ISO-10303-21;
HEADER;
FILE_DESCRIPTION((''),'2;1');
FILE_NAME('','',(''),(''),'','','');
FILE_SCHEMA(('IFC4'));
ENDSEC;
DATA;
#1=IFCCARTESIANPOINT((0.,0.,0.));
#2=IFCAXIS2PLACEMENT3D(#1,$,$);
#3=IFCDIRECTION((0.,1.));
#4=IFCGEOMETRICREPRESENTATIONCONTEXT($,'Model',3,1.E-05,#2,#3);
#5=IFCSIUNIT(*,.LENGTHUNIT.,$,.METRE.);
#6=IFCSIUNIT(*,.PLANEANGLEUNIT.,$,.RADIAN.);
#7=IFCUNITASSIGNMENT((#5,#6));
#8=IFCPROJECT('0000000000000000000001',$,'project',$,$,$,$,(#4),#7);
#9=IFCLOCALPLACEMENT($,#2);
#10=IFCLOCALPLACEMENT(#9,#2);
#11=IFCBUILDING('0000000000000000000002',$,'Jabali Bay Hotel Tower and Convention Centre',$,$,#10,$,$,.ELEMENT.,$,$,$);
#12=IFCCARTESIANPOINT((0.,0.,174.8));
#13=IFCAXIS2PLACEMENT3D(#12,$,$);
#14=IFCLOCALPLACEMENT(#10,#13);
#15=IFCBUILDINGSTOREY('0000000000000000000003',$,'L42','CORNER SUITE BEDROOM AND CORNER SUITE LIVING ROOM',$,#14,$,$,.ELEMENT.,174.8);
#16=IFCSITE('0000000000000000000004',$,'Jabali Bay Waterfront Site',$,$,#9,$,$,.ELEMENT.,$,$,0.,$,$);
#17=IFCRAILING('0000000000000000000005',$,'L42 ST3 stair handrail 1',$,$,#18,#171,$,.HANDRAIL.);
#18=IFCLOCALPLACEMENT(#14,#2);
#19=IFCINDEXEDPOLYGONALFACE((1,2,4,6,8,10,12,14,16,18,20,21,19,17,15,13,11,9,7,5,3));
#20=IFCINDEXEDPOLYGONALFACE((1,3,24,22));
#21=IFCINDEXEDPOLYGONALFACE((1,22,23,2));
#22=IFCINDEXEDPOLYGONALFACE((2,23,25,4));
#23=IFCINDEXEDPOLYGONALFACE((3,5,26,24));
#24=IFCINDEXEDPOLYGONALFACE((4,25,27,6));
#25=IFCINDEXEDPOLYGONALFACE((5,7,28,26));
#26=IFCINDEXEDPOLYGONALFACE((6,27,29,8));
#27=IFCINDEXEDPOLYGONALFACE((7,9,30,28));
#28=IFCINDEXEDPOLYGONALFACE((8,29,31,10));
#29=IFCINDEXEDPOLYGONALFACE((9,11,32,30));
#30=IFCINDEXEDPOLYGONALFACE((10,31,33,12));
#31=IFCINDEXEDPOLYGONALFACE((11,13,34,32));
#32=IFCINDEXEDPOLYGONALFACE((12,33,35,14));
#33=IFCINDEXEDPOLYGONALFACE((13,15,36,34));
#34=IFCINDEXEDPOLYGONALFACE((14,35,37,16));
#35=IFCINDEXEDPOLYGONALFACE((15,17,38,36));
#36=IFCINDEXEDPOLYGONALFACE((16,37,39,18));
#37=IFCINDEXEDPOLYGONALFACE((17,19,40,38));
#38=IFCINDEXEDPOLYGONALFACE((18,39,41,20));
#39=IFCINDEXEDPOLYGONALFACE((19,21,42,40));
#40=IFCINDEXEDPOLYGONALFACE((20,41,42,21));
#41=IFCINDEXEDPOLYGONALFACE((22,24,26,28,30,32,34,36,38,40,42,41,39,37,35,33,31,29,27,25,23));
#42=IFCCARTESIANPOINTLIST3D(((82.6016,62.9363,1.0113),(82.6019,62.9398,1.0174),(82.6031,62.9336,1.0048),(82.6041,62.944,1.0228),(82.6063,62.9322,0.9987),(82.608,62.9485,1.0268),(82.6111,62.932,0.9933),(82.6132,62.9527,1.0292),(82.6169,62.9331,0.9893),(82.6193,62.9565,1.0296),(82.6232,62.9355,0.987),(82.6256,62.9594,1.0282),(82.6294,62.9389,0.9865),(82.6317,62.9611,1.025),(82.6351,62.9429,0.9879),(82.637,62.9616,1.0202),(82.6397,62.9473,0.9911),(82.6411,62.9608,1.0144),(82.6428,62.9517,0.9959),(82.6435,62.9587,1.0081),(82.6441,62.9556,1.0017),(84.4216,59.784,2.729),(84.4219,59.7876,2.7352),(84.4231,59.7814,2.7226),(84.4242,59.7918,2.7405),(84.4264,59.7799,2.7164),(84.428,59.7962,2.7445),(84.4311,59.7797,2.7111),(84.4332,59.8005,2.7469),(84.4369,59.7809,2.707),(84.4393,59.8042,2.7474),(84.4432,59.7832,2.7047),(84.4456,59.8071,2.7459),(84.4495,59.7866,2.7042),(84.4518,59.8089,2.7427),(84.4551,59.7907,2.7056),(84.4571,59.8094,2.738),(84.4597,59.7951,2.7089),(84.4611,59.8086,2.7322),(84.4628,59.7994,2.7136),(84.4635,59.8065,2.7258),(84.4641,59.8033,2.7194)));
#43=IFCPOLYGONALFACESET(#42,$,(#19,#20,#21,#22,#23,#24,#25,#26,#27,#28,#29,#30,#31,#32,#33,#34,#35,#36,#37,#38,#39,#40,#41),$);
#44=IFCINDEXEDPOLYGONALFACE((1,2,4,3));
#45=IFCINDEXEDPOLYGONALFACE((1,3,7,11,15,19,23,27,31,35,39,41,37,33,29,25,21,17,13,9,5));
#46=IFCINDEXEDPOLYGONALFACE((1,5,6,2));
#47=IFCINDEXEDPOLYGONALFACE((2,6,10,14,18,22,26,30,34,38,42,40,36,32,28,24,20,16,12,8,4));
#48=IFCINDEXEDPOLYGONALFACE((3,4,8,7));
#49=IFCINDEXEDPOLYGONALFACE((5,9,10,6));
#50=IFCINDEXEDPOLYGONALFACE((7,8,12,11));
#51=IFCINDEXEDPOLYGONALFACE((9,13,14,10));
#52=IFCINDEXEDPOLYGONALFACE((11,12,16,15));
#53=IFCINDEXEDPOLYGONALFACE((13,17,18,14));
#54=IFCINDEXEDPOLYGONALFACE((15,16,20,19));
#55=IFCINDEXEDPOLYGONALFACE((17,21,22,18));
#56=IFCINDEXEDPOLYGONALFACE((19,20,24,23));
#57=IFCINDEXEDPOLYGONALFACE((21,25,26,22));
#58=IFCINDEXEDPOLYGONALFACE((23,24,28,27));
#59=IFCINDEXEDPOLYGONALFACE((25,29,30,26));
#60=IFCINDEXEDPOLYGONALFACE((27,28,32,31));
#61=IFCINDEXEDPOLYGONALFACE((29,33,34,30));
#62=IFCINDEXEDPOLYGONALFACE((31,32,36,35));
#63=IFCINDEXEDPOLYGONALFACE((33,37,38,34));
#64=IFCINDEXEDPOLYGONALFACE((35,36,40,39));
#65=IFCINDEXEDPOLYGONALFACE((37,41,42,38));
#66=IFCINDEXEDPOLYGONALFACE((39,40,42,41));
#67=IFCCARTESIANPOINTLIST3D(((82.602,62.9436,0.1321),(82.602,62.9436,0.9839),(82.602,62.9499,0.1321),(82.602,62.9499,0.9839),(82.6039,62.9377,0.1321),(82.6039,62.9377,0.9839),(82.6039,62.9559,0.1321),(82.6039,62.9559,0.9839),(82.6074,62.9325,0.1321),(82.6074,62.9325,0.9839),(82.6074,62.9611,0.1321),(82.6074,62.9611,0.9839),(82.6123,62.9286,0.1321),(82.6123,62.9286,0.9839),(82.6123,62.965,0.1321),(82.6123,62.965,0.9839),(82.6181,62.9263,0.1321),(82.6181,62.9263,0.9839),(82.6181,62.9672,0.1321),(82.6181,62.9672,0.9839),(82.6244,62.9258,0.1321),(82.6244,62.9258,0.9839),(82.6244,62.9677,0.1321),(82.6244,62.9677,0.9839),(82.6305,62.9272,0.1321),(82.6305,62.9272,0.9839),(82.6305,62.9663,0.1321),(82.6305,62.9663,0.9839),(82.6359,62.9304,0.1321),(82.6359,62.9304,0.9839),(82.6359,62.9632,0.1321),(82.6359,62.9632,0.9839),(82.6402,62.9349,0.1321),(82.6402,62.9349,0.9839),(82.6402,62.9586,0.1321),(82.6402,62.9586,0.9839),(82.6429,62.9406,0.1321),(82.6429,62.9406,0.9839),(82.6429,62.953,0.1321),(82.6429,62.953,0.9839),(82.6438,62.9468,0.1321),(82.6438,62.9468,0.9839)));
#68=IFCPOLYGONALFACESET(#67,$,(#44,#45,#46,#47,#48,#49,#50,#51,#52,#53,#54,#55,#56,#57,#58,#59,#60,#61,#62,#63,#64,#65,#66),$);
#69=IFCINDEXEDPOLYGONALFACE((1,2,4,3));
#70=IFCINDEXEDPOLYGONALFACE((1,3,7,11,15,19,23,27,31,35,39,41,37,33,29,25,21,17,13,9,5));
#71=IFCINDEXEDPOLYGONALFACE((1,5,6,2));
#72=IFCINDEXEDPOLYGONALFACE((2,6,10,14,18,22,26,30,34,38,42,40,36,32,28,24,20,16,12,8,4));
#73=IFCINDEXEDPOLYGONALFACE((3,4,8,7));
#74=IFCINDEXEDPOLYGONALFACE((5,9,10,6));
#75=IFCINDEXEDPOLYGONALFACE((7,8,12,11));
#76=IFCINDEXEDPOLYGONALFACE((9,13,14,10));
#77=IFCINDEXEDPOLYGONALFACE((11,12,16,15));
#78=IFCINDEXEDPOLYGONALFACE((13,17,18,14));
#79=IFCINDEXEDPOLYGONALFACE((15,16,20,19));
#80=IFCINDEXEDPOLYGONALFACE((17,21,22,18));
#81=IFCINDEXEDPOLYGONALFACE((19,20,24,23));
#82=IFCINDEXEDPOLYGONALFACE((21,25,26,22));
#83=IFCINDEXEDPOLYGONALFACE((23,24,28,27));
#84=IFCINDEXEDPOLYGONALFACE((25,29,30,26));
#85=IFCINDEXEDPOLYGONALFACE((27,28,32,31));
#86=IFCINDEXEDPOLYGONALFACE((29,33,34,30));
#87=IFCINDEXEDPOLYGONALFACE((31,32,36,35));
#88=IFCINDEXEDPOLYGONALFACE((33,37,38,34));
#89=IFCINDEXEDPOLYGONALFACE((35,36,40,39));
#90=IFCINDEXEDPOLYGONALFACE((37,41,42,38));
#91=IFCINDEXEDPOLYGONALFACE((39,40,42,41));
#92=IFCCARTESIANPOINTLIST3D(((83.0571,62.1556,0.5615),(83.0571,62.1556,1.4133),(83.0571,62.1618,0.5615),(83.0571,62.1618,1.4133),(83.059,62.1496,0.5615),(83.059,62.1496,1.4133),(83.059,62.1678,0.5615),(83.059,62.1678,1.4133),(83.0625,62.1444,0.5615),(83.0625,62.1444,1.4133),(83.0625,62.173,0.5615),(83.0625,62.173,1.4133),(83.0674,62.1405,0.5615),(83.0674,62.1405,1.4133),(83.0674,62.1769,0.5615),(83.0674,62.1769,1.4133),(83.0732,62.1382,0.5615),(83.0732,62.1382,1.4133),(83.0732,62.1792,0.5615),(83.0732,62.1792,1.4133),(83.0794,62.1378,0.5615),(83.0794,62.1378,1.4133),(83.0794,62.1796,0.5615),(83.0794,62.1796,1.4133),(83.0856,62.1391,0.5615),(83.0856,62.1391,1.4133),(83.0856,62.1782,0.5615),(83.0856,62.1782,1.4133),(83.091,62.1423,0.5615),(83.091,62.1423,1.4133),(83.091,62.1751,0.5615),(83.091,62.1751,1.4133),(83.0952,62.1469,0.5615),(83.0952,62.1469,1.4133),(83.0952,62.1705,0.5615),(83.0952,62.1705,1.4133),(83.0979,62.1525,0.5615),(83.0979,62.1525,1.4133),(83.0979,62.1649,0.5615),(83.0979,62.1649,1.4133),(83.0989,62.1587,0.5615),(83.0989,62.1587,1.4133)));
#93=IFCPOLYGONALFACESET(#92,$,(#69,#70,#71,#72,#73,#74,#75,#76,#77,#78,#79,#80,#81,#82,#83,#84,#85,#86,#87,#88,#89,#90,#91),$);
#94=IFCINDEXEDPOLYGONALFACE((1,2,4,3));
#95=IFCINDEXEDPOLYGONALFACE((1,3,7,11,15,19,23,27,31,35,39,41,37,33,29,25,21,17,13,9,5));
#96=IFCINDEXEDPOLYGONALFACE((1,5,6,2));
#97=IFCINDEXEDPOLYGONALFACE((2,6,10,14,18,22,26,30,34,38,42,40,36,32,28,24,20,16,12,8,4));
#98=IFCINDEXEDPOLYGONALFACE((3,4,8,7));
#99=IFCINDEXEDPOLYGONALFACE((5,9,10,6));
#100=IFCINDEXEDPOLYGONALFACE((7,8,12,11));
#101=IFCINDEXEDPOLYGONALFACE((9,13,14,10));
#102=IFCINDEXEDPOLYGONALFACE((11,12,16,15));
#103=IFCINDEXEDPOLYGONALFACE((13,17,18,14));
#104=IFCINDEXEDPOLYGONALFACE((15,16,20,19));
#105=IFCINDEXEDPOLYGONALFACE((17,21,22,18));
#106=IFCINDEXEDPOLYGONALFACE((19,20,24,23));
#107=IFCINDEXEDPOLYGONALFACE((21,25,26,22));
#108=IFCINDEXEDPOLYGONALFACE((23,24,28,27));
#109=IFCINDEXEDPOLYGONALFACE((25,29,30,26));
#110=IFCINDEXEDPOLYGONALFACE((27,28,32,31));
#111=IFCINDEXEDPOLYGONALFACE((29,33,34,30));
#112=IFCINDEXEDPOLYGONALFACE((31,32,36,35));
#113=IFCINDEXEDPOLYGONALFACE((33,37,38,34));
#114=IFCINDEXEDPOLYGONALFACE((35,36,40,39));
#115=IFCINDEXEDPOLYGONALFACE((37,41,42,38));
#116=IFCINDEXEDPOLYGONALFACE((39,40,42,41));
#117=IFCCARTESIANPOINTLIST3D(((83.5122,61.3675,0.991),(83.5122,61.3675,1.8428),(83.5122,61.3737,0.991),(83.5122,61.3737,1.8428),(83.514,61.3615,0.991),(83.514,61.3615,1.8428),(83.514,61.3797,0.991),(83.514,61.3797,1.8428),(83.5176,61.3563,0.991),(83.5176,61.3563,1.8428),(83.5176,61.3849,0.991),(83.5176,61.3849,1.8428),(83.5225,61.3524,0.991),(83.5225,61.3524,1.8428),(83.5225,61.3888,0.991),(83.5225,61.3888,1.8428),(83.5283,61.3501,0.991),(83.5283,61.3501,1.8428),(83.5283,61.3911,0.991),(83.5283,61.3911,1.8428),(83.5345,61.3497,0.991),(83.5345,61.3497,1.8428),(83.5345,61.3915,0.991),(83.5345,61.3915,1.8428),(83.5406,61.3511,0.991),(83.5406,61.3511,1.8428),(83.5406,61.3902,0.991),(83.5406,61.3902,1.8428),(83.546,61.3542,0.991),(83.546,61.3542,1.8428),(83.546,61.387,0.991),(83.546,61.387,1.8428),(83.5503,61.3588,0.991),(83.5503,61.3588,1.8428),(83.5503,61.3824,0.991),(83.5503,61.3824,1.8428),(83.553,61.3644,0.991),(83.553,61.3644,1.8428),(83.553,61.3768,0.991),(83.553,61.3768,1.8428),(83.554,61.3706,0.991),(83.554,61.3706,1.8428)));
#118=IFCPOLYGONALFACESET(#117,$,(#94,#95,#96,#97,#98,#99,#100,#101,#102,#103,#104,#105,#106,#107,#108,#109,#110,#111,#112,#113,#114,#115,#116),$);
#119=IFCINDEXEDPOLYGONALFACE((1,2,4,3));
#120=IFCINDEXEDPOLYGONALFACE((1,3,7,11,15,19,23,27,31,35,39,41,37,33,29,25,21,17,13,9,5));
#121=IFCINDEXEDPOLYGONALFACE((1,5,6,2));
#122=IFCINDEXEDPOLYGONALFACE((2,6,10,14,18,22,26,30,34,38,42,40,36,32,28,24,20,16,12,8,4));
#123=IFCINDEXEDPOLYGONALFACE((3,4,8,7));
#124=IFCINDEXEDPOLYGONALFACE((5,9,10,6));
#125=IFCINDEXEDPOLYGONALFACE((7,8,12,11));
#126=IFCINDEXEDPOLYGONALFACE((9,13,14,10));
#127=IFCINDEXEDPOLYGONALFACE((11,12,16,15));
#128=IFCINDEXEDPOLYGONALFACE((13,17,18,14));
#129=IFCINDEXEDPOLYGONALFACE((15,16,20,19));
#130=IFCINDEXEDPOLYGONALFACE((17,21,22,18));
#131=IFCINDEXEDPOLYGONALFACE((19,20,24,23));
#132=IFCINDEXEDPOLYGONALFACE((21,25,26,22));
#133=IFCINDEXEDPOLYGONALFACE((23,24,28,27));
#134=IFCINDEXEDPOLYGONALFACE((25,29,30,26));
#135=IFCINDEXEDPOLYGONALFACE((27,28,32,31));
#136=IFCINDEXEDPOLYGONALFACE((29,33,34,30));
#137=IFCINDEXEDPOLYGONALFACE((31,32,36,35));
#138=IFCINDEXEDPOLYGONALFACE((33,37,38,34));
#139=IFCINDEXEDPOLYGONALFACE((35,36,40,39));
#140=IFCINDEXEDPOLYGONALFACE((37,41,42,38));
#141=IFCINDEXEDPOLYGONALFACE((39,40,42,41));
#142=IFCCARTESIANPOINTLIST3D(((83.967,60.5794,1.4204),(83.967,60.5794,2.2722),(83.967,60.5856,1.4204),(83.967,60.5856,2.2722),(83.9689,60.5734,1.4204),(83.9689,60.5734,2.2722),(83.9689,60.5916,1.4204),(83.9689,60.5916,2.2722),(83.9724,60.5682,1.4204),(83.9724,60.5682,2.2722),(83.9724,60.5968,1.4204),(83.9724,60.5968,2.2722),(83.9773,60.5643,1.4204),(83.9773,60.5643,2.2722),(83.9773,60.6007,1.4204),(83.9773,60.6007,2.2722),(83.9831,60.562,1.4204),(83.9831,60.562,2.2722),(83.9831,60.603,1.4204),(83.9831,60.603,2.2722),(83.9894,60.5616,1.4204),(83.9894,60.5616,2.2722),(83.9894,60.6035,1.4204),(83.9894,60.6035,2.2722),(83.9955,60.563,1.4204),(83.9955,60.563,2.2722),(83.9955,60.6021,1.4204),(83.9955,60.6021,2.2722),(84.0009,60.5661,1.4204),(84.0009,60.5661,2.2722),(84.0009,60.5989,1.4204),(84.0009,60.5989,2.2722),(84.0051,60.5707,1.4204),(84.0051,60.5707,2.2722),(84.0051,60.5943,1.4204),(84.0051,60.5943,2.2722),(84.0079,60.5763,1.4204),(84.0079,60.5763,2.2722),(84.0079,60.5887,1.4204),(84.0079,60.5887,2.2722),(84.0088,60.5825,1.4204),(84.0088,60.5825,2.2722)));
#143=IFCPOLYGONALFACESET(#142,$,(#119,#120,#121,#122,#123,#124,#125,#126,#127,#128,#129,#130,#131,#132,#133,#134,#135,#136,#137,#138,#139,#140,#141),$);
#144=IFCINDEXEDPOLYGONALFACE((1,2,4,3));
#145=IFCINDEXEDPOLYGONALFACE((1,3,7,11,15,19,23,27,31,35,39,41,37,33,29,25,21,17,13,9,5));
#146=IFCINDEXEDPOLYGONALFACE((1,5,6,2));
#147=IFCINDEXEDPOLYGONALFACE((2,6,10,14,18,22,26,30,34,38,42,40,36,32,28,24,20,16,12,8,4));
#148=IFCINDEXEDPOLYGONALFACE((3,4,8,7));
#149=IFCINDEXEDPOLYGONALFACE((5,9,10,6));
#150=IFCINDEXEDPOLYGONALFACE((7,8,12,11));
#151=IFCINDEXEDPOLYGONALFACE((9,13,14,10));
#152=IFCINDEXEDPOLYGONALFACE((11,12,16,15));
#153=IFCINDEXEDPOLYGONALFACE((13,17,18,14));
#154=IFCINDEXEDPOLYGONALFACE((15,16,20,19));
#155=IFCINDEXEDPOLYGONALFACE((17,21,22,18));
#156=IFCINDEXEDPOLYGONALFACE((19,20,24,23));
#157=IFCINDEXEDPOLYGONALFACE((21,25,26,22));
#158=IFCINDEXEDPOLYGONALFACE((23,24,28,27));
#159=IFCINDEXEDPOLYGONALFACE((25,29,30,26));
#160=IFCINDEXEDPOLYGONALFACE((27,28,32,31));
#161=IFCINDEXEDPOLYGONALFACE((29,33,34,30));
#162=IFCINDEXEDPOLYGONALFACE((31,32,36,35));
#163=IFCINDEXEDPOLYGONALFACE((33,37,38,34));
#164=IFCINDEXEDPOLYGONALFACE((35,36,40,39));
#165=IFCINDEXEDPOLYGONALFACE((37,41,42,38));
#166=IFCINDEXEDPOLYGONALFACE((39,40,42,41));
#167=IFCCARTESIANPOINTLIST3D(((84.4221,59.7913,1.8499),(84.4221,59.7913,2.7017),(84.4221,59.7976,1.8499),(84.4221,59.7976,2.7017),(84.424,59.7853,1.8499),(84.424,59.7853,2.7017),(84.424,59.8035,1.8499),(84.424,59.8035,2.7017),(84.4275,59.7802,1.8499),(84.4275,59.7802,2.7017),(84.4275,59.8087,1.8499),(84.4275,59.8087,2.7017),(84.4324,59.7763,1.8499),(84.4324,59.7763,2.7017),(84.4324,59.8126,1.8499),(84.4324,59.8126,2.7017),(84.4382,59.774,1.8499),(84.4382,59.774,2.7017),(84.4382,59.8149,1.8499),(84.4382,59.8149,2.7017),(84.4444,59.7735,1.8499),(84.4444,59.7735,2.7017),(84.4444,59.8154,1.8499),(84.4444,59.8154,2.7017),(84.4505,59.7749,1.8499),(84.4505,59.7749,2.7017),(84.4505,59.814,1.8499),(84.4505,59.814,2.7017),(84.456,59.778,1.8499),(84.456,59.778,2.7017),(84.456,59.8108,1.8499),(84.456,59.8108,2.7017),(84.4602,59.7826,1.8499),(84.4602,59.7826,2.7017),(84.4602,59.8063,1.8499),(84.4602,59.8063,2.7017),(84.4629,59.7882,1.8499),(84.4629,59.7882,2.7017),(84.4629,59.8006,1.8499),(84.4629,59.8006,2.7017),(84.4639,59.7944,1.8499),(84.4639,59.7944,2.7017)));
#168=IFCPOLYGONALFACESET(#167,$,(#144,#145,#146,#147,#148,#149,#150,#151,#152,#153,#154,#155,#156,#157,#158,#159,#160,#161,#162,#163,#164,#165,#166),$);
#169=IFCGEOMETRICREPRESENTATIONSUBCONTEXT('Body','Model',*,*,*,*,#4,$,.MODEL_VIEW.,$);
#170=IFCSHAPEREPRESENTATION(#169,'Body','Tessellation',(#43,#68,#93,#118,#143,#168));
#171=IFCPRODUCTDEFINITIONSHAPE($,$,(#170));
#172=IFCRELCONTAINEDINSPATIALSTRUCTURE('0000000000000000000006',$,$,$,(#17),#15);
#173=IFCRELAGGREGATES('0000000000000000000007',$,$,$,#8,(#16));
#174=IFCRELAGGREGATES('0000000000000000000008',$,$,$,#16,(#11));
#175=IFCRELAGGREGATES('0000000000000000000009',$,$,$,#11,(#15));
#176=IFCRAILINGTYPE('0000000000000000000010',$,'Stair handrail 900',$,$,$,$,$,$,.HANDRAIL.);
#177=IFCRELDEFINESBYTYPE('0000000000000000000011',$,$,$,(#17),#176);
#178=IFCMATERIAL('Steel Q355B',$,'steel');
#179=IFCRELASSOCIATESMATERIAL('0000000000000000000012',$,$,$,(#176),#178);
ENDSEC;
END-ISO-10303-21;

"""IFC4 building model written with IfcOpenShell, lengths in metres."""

from ifc_helpers import new_model, si_unit, direction, frame, origin, origin_2d, place, context, subcontext, project, spatial, circle, extrude, material, type_object, element, save


model = new_model("IFC4")

# Units and contexts
model_context = context("Model", 3, precision=1e-05, world=origin(), true_north=direction((0.0, 1.0)))
body_context = subcontext(model_context, "Body", "Model", "MODEL_VIEW")
ifc_project = project(units=[si_unit("LENGTHUNIT", "METRE"), si_unit("PLANEANGLEUNIT", "RADIAN")], contexts=[model_context])

# Site, building, storey
site_placement = place(None, origin())
site = spatial("IfcSite", under=ifc_project, at=site_placement, Name="Jabali Bay Waterfront Site", CompositionType="ELEMENT", RefElevation=0.0)
building_placement = place(site_placement, origin())
building = spatial("IfcBuilding", under=site, at=building_placement, Name="Jabali Bay Hotel Tower and Convention Centre", CompositionType="ELEMENT")
storey_placement = place(building_placement, frame((0.0, 0.0, 174.8)))
storey = spatial("IfcBuildingStorey", under=building, at=storey_placement, Name="L42", Description="CORNER SUITE BEDROOM AND CORNER SUITE LIVING ROOM", CompositionType="ELEMENT", Elevation=174.8)

# Railing
ifc_material_1 = material(Name="Steel Q355B", Category="steel")
railing_type_1 = type_object("IfcRailingType", Name="Stair handrail 900", PredefinedType="HANDRAIL", material=ifc_material_1)
railing_1_placement = place(storey_placement, frame((82.6228, 62.9468, 0.1321)))
element("IfcRailing", 1, at=railing_1_placement, inside=storey, type_object=railing_type_1, Name="L42 ST3 stair handrail 1", PredefinedType="HANDRAIL", context=body_context, shape_type="SweptSolid", body=[
    extrude(circle(Radius=0.0239, at=origin_2d()), frame((0.0, 0.0, 0.876), z_axis=(0.45219, -0.78319, 0.426775), x_axis=(0.866018, 0.500013, 0.0)), (0.0, 0.0, 1.0), 4.0249),
    extrude(circle(Radius=0.021, at=origin_2d()), origin(), (0.0, 0.0, 1.0), 0.8518),
    extrude(circle(Radius=0.021, at=origin_2d()), frame((0.4551, -0.7881, 0.4294)), (0.0, 0.0, 1.0), 0.8518),
    extrude(circle(Radius=0.021, at=origin_2d()), frame((0.9102, -1.5762, 0.8589)), (0.0, 0.0, 1.0), 0.8518),
    extrude(circle(Radius=0.021, at=origin_2d()), frame((1.365, -2.3643, 1.2883)), (0.0, 0.0, 1.0), 0.8518),
    extrude(circle(Radius=0.021, at=origin_2d()), frame((1.8201, -3.1523, 1.7178)), (0.0, 0.0, 1.0), 0.8518),
])

save(model, "model.ifc")
